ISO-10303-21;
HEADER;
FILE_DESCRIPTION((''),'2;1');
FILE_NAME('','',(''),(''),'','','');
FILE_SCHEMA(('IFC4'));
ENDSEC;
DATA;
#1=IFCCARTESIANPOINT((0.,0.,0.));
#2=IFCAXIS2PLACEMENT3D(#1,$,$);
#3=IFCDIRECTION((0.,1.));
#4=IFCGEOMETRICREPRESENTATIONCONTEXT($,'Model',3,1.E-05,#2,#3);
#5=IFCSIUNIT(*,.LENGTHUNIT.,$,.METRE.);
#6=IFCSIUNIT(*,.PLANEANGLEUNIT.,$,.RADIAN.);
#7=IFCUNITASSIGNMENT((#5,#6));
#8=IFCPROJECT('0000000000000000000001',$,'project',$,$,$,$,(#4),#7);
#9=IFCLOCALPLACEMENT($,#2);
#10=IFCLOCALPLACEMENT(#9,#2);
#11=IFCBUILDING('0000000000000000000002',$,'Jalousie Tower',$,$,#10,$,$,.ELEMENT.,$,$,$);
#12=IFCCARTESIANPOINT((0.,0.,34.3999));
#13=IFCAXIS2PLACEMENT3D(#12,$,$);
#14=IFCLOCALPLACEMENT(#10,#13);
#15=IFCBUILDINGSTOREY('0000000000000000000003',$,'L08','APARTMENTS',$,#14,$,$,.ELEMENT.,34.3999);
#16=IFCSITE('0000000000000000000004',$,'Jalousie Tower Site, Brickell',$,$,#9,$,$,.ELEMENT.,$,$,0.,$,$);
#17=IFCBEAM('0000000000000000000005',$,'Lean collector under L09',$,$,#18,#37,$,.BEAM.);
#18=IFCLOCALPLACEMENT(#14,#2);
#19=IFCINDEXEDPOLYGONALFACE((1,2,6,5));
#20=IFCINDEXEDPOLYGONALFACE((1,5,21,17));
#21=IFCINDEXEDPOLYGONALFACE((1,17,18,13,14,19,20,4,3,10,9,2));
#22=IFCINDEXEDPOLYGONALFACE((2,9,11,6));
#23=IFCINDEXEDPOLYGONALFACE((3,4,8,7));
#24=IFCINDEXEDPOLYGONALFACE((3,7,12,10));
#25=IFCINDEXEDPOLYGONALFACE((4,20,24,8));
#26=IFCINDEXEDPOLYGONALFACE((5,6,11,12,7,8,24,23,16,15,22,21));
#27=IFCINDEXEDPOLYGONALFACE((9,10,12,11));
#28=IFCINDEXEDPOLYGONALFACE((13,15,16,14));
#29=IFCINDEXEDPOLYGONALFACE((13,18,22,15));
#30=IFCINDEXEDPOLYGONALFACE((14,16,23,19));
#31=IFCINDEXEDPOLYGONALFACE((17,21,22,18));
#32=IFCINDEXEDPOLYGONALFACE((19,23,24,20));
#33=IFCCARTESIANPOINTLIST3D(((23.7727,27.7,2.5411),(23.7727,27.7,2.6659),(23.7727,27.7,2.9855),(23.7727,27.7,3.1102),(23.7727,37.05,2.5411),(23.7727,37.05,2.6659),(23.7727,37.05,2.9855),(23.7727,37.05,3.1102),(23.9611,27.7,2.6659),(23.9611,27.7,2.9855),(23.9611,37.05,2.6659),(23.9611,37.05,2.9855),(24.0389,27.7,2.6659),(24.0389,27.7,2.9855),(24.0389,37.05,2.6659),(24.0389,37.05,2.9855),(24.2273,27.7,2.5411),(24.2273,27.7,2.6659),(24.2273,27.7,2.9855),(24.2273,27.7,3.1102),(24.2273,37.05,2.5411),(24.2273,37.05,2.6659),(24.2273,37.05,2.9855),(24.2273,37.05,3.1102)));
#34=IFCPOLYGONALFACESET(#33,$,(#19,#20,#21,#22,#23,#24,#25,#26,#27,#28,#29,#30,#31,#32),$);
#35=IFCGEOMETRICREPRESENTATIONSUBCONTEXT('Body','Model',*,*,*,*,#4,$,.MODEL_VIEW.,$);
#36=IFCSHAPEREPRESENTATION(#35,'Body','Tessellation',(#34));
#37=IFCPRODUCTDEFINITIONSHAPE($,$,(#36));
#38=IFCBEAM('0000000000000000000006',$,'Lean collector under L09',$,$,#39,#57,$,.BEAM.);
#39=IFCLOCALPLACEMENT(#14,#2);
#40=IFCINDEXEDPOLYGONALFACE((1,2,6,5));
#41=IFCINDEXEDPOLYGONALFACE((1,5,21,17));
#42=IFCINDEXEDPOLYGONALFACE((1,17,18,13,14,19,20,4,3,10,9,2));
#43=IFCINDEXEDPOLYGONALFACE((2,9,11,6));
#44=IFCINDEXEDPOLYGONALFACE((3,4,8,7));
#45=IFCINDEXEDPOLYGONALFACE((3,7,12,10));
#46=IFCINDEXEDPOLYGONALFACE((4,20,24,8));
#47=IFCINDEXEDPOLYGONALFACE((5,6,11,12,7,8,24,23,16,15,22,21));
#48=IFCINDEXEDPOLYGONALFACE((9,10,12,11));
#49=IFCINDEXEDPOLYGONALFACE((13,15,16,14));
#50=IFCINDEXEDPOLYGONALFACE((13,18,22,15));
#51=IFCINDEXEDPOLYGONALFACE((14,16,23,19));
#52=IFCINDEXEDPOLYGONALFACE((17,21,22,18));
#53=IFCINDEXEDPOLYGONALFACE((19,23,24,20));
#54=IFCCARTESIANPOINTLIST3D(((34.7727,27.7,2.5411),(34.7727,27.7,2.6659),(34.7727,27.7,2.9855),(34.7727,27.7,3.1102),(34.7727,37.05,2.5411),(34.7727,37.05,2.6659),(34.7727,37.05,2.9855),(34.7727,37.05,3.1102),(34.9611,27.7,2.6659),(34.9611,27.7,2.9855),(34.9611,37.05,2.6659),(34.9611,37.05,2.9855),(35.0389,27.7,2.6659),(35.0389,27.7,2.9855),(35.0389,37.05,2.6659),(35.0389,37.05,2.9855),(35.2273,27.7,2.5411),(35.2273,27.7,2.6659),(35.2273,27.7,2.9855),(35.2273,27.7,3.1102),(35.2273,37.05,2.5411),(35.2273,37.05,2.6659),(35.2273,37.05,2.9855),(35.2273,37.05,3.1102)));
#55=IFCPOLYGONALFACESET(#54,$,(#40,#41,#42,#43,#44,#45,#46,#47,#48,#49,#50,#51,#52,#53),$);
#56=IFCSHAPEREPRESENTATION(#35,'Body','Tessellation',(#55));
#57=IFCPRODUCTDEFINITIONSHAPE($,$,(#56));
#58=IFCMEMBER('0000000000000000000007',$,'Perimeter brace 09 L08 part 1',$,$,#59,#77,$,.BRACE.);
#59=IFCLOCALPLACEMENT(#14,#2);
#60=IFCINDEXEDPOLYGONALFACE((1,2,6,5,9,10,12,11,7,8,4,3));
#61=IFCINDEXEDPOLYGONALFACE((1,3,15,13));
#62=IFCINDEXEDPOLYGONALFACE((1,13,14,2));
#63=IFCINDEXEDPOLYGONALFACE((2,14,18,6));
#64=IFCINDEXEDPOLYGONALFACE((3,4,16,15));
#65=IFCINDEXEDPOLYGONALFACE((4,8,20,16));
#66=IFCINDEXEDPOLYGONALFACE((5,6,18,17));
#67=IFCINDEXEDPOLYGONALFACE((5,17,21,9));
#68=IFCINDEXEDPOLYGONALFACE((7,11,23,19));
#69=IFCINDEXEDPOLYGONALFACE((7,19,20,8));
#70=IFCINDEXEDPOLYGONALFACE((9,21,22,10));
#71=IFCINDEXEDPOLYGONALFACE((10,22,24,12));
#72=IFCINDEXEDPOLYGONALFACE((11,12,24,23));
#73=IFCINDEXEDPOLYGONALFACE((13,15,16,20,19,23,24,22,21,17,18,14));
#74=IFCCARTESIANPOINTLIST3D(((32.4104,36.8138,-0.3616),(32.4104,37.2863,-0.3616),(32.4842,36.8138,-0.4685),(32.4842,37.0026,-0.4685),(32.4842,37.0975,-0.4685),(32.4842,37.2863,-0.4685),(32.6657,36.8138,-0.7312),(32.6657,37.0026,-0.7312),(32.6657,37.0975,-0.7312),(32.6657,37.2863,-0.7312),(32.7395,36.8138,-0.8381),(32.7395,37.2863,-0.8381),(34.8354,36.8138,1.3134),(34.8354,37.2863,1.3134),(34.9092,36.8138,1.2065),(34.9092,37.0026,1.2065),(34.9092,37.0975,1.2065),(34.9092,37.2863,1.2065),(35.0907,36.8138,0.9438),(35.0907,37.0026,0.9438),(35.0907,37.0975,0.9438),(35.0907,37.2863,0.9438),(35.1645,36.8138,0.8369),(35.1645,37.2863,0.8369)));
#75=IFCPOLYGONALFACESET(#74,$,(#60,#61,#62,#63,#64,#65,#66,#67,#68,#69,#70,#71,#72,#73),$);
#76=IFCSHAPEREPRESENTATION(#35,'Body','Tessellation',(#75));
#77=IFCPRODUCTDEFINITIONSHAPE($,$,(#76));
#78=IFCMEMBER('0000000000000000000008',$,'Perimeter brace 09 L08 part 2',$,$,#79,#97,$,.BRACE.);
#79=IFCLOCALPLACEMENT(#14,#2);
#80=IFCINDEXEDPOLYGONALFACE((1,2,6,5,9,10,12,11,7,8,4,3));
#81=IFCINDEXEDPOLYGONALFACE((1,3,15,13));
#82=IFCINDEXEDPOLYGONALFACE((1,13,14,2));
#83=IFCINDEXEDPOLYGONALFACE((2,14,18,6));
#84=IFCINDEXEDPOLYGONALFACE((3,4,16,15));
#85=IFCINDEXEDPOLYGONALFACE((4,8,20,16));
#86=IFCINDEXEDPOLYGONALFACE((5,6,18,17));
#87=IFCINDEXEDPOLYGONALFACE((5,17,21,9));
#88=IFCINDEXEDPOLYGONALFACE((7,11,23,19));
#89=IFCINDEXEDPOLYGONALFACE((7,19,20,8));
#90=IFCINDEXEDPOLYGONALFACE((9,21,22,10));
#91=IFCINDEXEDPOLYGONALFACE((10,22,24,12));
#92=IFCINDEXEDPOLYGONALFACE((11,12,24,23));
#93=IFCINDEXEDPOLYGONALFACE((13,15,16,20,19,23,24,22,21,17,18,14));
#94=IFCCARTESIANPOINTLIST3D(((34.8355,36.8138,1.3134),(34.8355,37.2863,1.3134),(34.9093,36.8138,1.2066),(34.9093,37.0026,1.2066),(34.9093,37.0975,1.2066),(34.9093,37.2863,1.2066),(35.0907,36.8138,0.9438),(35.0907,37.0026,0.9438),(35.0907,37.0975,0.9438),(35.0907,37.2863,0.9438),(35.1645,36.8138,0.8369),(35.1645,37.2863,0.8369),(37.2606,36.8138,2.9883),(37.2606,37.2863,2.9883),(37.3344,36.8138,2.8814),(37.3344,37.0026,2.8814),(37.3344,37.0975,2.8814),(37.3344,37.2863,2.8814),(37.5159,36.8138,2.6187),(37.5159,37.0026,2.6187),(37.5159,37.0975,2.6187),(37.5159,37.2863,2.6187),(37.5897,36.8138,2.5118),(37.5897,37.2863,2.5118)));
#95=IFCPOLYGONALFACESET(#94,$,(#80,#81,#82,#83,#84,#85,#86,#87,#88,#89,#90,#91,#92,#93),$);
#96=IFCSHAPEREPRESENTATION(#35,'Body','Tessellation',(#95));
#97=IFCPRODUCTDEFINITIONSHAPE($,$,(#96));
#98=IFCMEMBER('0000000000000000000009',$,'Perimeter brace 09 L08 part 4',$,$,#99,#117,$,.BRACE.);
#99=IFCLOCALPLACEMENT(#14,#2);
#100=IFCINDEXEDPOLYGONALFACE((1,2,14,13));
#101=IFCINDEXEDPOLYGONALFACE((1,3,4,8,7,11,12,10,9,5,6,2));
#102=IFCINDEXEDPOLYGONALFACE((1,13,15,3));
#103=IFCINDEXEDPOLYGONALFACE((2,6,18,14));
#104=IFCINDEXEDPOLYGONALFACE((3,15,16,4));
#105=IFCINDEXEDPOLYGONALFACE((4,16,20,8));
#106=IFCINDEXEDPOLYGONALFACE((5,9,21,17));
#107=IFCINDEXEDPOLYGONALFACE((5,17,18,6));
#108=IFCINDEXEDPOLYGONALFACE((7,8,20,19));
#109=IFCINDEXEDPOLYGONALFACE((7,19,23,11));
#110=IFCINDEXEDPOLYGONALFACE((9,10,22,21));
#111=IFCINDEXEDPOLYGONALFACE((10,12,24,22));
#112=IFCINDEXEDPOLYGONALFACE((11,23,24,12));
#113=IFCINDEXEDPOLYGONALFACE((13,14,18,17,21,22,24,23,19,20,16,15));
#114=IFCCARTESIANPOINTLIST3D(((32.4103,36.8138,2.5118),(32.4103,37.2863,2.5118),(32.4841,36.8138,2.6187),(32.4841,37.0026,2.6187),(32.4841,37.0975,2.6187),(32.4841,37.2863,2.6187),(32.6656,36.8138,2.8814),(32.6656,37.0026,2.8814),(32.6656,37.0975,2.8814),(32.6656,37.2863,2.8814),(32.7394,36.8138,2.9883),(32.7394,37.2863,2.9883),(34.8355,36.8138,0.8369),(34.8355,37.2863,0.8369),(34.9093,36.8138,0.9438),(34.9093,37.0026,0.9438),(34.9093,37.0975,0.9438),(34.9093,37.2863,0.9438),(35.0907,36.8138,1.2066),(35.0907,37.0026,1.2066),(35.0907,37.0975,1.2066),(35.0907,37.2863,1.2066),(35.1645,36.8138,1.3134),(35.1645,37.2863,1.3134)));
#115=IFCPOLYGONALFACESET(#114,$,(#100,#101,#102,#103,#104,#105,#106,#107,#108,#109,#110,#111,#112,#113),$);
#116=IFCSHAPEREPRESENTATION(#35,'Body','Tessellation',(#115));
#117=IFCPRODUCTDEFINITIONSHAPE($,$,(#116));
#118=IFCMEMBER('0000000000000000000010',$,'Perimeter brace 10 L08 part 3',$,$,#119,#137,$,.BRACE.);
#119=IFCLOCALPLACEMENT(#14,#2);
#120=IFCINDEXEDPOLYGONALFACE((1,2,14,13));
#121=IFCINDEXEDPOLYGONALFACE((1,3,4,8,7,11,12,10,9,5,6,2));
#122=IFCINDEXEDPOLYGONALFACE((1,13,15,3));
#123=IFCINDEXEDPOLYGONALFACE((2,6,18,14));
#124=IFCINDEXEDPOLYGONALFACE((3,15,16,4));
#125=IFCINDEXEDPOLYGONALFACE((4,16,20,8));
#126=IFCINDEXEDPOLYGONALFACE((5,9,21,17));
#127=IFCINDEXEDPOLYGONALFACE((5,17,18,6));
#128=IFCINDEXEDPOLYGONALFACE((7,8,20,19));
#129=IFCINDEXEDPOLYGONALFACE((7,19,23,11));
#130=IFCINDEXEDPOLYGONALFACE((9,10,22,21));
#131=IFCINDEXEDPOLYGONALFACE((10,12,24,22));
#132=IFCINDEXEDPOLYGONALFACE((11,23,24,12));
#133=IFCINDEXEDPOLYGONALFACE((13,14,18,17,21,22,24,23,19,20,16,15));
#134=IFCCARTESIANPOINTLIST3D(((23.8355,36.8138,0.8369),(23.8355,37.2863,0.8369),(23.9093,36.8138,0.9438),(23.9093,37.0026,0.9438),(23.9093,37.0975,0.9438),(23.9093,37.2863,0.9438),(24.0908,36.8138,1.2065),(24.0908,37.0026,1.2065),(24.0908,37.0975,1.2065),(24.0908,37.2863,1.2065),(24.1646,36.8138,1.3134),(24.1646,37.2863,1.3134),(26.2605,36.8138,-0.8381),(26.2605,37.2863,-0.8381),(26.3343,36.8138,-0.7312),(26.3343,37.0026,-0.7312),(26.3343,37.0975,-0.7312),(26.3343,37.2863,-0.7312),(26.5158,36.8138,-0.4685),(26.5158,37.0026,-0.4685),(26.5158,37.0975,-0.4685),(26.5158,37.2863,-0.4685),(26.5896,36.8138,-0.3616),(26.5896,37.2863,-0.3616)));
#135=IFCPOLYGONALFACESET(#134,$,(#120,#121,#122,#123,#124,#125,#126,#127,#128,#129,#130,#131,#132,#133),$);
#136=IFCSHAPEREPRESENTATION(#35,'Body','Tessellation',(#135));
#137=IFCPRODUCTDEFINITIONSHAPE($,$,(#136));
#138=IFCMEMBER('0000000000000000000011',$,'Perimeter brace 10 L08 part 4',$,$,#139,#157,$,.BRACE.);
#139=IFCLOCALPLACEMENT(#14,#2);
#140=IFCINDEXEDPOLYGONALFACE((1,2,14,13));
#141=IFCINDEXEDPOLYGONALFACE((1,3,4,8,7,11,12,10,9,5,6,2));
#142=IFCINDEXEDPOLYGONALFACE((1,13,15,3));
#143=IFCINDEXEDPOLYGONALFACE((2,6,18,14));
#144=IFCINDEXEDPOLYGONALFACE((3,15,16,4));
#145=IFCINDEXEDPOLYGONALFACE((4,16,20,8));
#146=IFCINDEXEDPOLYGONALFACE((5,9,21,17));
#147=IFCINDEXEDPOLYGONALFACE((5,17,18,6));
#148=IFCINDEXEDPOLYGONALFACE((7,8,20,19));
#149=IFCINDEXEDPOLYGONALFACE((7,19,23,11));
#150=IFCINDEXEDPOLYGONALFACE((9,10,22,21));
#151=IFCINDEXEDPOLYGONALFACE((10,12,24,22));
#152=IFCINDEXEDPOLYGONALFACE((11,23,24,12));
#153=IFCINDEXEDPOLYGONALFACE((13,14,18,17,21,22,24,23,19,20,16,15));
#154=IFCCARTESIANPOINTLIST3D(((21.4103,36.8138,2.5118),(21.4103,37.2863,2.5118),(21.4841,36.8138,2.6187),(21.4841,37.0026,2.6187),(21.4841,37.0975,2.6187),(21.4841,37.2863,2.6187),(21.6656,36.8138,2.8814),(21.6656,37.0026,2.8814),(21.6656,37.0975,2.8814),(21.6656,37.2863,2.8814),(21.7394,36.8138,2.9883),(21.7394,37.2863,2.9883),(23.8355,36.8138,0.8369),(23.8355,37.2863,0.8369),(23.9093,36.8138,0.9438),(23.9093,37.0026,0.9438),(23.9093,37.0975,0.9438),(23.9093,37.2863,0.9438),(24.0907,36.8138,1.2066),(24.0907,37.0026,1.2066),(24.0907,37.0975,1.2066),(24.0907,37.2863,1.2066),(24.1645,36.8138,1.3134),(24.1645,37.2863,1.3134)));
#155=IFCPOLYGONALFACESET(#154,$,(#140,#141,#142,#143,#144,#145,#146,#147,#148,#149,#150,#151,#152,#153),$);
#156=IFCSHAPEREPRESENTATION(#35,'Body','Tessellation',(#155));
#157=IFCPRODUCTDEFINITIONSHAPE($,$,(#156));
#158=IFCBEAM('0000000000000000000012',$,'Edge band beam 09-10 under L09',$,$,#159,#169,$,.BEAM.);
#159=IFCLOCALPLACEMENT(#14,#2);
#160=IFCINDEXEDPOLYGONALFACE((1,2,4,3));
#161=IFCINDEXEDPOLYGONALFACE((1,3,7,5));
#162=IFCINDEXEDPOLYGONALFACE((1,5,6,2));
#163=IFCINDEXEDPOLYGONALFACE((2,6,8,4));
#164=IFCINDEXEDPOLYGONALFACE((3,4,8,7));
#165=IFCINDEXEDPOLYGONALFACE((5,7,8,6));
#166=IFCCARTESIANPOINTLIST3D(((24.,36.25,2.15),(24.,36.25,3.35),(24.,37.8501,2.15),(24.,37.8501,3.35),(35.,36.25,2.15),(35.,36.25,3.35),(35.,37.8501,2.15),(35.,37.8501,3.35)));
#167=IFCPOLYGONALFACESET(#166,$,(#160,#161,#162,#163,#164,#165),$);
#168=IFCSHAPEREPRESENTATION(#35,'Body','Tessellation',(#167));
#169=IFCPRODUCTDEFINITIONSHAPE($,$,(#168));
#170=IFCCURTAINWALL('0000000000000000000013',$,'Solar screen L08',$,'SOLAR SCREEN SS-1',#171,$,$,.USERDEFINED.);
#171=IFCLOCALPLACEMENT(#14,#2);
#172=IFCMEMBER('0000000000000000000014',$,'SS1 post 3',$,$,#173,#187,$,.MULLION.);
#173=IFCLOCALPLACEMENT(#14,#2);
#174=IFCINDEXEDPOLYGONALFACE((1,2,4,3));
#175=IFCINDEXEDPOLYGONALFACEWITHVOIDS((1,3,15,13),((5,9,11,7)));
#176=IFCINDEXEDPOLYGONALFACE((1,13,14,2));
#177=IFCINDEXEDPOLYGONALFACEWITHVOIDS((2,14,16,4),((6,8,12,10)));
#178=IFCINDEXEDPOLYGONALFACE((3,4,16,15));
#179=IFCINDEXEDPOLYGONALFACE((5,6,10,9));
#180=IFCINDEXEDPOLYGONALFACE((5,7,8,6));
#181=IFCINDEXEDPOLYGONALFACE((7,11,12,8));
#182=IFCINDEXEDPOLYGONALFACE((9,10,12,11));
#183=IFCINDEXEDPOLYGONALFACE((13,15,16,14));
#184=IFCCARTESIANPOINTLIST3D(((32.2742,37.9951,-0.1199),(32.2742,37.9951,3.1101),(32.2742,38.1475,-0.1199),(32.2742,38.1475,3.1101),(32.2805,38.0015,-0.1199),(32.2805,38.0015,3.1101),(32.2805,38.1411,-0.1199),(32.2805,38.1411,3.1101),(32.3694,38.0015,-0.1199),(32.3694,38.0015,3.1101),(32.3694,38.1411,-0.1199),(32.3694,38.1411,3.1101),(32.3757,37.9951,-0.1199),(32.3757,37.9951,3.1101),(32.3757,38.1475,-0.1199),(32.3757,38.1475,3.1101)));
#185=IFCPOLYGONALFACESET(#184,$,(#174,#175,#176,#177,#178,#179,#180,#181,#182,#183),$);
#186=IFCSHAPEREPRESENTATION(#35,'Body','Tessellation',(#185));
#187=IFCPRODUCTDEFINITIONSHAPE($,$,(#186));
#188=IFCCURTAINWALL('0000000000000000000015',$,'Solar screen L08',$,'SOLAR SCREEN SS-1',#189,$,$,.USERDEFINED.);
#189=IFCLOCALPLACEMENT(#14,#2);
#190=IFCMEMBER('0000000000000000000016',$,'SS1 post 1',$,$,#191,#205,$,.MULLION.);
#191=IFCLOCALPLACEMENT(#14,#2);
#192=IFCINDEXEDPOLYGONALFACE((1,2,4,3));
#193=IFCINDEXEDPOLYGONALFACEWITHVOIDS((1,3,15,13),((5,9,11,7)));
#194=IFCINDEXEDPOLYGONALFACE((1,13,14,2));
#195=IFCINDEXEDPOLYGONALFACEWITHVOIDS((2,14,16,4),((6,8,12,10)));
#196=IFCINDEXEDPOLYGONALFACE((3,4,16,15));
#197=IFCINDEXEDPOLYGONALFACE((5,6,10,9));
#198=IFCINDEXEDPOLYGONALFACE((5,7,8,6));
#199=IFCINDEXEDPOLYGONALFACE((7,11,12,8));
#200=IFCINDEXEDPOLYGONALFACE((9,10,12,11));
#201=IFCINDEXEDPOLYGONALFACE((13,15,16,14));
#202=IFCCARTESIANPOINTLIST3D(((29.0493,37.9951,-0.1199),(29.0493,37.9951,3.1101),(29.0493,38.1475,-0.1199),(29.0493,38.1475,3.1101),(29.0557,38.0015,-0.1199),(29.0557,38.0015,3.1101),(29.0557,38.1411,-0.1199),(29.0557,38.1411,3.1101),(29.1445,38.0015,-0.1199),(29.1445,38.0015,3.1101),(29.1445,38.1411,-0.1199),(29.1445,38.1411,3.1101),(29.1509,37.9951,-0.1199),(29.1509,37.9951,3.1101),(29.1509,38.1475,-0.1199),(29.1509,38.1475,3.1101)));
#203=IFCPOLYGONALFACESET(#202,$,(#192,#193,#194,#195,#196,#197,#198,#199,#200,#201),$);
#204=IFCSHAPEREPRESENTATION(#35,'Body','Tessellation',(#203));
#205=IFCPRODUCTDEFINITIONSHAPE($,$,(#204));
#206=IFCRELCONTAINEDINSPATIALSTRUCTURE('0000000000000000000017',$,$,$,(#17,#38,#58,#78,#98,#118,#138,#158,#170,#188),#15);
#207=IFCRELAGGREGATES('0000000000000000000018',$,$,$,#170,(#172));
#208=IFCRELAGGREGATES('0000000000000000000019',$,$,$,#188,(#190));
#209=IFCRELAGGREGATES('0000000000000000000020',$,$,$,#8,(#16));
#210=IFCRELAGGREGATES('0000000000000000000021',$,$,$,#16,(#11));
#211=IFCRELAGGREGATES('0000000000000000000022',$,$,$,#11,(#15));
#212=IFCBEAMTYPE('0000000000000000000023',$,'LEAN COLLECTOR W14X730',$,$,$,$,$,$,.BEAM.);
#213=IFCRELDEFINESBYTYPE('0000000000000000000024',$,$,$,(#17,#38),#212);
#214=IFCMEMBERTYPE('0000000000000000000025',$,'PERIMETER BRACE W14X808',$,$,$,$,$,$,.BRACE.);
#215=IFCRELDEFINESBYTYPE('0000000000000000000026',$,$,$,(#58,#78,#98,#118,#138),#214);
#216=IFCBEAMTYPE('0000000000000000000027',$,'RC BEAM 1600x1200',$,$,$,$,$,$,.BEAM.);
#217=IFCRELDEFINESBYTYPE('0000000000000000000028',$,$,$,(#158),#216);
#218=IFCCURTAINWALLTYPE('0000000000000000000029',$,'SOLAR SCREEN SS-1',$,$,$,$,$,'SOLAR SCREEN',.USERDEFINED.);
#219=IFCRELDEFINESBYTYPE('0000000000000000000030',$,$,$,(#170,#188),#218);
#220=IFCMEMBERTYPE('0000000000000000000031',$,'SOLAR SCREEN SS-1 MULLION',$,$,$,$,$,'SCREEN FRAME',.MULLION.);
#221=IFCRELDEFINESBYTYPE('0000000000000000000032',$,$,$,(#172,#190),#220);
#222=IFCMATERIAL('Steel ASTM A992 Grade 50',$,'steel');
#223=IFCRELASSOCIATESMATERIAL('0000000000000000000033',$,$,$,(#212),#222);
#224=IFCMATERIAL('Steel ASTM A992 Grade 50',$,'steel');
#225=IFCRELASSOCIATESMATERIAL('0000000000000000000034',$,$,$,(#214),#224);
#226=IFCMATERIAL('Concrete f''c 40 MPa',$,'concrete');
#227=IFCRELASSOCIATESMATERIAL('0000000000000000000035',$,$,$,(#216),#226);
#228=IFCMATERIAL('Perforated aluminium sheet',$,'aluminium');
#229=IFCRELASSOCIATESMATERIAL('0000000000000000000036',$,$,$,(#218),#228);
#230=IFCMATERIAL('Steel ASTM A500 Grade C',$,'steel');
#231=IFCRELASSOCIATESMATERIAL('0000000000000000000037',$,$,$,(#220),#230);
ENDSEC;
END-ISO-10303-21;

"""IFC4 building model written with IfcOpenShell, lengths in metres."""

from ifc_helpers import new_model, si_unit, direction, frame, origin, origin_2d, place, context, subcontext, project, spatial, rectangle, hollow_rectangle, i_section, extrude, material, material_profile, profile_set, type_object, element, aggregate, save


model = new_model("IFC4")

# Units and contexts
model_context = context("Model", 3, precision=1e-05, world=origin(), true_north=direction((0.0, 1.0)))
body_context = subcontext(model_context, "Body", "Model", "MODEL_VIEW")
ifc_project = project(units=[si_unit("LENGTHUNIT", "METRE"), si_unit("PLANEANGLEUNIT", "RADIAN")], contexts=[model_context])

# Site, building, storey
site_placement = place(None, origin())
site = spatial("IfcSite", under=ifc_project, at=site_placement, Name="Jalousie Tower Site, Brickell", CompositionType="ELEMENT", RefElevation=0.0)
building_placement = place(site_placement, origin())
building = spatial("IfcBuilding", under=site, at=building_placement, Name="Jalousie Tower", CompositionType="ELEMENT")
storey_placement = place(building_placement, frame((0.0, 0.0, 34.3999)))
storey = spatial("IfcBuildingStorey", under=building, at=storey_placement, Name="L08", Description="APARTMENTS", CompositionType="ELEMENT", Elevation=34.3999)

# Beams
ifc_material_1 = material(Name="Steel ASTM A992 Grade 50", Category="steel")
ifc_material_profile_1 = material_profile(ifc_material_1, i_section(OverallWidth=0.4546, OverallDepth=0.5691, WebThickness=0.0779, FlangeThickness=0.1248, at=origin_2d()), Name="W14X730")
ifc_profile_set_1 = profile_set([ifc_material_profile_1], Name="Steel ASTM A992 Grade 50")
beam_type_1 = type_object("IfcBeamType", Name="LEAN COLLECTOR W14X730", PredefinedType="BEAM", material=ifc_profile_set_1)
for number, where, z_axis, x_axis, name in (
    (1, (24.0, 37.05, 2.8257), (0.0, -1.0, 0.0), (1.0, 0.0, 0.0), "Lean collector under L09"),
    (2, (35.0, 37.05, 2.8257), (0.0, -1.0, 0.0), (1.0, 0.0, 0.0), "Lean collector under L09"),
):
    element("IfcBeam", number, at=place(storey_placement, frame(where, z_axis=z_axis, x_axis=x_axis)), inside=storey, type_object=beam_type_1, Name=name, PredefinedType="BEAM", context=body_context, shape_type="SweptSolid", body=[
        extrude(i_section(OverallWidth=0.4546, OverallDepth=0.5691, WebThickness=0.0779, FlangeThickness=0.1248, at=origin_2d()), origin(), (0.0, 0.0, 1.0), 9.3501),
    ])

# Members
ifc_material_2 = material(Name="Steel ASTM A992 Grade 50", Category="steel")
ifc_material_profile_2 = material_profile(ifc_material_2, i_section(OverallWidth=0.4724, OverallDepth=0.5791, WebThickness=0.095, FlangeThickness=0.1299, at=origin_2d()), Name="W14X808")
ifc_profile_set_2 = profile_set([ifc_material_profile_2], Name="Steel ASTM A992 Grade 50")
member_type_1 = type_object("IfcMemberType", Name="PERIMETER BRACE W14X808", PredefinedType="BRACE", material=ifc_profile_set_2)
for number, where, z_axis, x_axis, name in (
    (3, (32.575, 37.05, -0.5999), (0.8228, 0.0, 0.568331), (0.0, 1.0, 0.0), "Perimeter brace 09 L08 part 1"),
    (4, (35.0, 37.05, 1.0752), (0.822839, 0.0, 0.568275), (0.0, 1.0, 0.0), "Perimeter brace 09 L08 part 2"),
    (5, (35.0, 37.05, 1.0752), (-0.822839, 0.0, 0.568275), (0.0, -1.0, 0.0), "Perimeter brace 09 L08 part 4"),
    (6, (26.425, 37.05, -0.5999), (-0.8228, 0.0, 0.568331), (0.0, -1.0, 0.0), "Perimeter brace 10 L08 part 3"),
    (7, (24.0, 37.05, 1.0752), (-0.822839, 0.0, 0.568275), (0.0, -1.0, 0.0), "Perimeter brace 10 L08 part 4"),
):
    element("IfcMember", number, at=place(storey_placement, frame(where, z_axis=z_axis, x_axis=x_axis)), inside=storey, type_object=member_type_1, Name=name, PredefinedType="BRACE", context=body_context, shape_type="SweptSolid", body=[
        extrude(i_section(OverallWidth=0.4724, OverallDepth=0.5791, WebThickness=0.095, FlangeThickness=0.1299, at=origin_2d()), origin(), (0.0, 0.0, 1.0), 2.9473),
    ])

# Beam
ifc_material_3 = material(Name="Concrete f'c 40 MPa", Category="concrete")
ifc_material_profile_3 = material_profile(ifc_material_3, rectangle(XDim=1.6001, YDim=1.2, at=origin_2d()), Name="RC 1600x1200")
ifc_profile_set_3 = profile_set([ifc_material_profile_3], Name="Concrete f'c 40 MPa")
beam_type_2 = type_object("IfcBeamType", Name="RC BEAM 1600x1200", PredefinedType="BEAM", material=ifc_profile_set_3)
beam_placement = place(storey_placement, frame((35.0, 37.05, 2.75), z_axis=(-1.0, 0.0, 0.0), x_axis=(0.0, -1.0, 0.0)))
element("IfcBeam", 8, at=beam_placement, inside=storey, type_object=beam_type_2, Name="Edge band beam 09-10 under L09", PredefinedType="BEAM", context=body_context, shape_type="SweptSolid", body=[
    extrude(rectangle(XDim=1.6001, YDim=1.2, at=origin_2d()), origin(), (0.0, 0.0, 1.0), 11.0),
])

# Curtain wall, member
ifc_material_4 = material(Name="Perforated aluminium sheet", Category="aluminium")
curtain_wall_type = type_object("IfcCurtainWallType", Name="SOLAR SCREEN SS-1", ElementType="SOLAR SCREEN", PredefinedType="USERDEFINED", material=ifc_material_4)
curtain_wall_1_placement = place(storey_placement, origin())
curtain_wall_1 = element("IfcCurtainWall", 9, at=curtain_wall_1_placement, inside=storey, type_object=curtain_wall_type, Name="Solar screen L08", ObjectType="SOLAR SCREEN SS-1", PredefinedType="USERDEFINED")
ifc_material_5 = material(Name="Steel ASTM A500 Grade C", Category="steel")
ifc_material_profile_4 = material_profile(ifc_material_5, hollow_rectangle(XDim=0.1016, YDim=0.1523, WallThickness=0.0063, at=origin_2d()), Name="HSS6X4X1/4")
ifc_profile_set_4 = profile_set([ifc_material_profile_4], Name="Steel ASTM A500 Grade C")
member_type_2 = type_object("IfcMemberType", Name="SOLAR SCREEN SS-1 MULLION", ElementType="SCREEN FRAME", PredefinedType="MULLION", material=ifc_profile_set_4)
member_1_placement = place(storey_placement, frame((32.325, 38.0713, -0.1199), z_axis=(0.0, 0.0, 1.0), x_axis=(-1.0, 0.0, 0.0)))
member_1 = element("IfcMember", 10, at=member_1_placement, type_object=member_type_2, Name="SS1 post 3", PredefinedType="MULLION", context=body_context, shape_type="SweptSolid", body=[
    extrude(hollow_rectangle(XDim=0.1016, YDim=0.1523, WallThickness=0.0063, at=origin_2d()), origin(), (0.0, 0.0, 1.0), 3.23),
])

# Curtain wall, member
curtain_wall_2_placement = place(storey_placement, origin())
curtain_wall_2 = element("IfcCurtainWall", 11, at=curtain_wall_2_placement, inside=storey, type_object=curtain_wall_type, Name="Solar screen L08", ObjectType="SOLAR SCREEN SS-1", PredefinedType="USERDEFINED")
member_2_placement = place(storey_placement, frame((29.1001, 38.0713, -0.1199), z_axis=(0.0, 0.0, 1.0), x_axis=(-1.0, 0.0, 0.0)))
member_2 = element("IfcMember", 12, at=member_2_placement, type_object=member_type_2, Name="SS1 post 1", PredefinedType="MULLION", context=body_context, shape_type="SweptSolid", body=[
    extrude(hollow_rectangle(XDim=0.1016, YDim=0.1523, WallThickness=0.0063, at=origin_2d()), origin(), (0.0, 0.0, 1.0), 3.23),
])

aggregate(curtain_wall_1, [member_1])
aggregate(curtain_wall_2, [member_2])

save(model, "model.ifc")
